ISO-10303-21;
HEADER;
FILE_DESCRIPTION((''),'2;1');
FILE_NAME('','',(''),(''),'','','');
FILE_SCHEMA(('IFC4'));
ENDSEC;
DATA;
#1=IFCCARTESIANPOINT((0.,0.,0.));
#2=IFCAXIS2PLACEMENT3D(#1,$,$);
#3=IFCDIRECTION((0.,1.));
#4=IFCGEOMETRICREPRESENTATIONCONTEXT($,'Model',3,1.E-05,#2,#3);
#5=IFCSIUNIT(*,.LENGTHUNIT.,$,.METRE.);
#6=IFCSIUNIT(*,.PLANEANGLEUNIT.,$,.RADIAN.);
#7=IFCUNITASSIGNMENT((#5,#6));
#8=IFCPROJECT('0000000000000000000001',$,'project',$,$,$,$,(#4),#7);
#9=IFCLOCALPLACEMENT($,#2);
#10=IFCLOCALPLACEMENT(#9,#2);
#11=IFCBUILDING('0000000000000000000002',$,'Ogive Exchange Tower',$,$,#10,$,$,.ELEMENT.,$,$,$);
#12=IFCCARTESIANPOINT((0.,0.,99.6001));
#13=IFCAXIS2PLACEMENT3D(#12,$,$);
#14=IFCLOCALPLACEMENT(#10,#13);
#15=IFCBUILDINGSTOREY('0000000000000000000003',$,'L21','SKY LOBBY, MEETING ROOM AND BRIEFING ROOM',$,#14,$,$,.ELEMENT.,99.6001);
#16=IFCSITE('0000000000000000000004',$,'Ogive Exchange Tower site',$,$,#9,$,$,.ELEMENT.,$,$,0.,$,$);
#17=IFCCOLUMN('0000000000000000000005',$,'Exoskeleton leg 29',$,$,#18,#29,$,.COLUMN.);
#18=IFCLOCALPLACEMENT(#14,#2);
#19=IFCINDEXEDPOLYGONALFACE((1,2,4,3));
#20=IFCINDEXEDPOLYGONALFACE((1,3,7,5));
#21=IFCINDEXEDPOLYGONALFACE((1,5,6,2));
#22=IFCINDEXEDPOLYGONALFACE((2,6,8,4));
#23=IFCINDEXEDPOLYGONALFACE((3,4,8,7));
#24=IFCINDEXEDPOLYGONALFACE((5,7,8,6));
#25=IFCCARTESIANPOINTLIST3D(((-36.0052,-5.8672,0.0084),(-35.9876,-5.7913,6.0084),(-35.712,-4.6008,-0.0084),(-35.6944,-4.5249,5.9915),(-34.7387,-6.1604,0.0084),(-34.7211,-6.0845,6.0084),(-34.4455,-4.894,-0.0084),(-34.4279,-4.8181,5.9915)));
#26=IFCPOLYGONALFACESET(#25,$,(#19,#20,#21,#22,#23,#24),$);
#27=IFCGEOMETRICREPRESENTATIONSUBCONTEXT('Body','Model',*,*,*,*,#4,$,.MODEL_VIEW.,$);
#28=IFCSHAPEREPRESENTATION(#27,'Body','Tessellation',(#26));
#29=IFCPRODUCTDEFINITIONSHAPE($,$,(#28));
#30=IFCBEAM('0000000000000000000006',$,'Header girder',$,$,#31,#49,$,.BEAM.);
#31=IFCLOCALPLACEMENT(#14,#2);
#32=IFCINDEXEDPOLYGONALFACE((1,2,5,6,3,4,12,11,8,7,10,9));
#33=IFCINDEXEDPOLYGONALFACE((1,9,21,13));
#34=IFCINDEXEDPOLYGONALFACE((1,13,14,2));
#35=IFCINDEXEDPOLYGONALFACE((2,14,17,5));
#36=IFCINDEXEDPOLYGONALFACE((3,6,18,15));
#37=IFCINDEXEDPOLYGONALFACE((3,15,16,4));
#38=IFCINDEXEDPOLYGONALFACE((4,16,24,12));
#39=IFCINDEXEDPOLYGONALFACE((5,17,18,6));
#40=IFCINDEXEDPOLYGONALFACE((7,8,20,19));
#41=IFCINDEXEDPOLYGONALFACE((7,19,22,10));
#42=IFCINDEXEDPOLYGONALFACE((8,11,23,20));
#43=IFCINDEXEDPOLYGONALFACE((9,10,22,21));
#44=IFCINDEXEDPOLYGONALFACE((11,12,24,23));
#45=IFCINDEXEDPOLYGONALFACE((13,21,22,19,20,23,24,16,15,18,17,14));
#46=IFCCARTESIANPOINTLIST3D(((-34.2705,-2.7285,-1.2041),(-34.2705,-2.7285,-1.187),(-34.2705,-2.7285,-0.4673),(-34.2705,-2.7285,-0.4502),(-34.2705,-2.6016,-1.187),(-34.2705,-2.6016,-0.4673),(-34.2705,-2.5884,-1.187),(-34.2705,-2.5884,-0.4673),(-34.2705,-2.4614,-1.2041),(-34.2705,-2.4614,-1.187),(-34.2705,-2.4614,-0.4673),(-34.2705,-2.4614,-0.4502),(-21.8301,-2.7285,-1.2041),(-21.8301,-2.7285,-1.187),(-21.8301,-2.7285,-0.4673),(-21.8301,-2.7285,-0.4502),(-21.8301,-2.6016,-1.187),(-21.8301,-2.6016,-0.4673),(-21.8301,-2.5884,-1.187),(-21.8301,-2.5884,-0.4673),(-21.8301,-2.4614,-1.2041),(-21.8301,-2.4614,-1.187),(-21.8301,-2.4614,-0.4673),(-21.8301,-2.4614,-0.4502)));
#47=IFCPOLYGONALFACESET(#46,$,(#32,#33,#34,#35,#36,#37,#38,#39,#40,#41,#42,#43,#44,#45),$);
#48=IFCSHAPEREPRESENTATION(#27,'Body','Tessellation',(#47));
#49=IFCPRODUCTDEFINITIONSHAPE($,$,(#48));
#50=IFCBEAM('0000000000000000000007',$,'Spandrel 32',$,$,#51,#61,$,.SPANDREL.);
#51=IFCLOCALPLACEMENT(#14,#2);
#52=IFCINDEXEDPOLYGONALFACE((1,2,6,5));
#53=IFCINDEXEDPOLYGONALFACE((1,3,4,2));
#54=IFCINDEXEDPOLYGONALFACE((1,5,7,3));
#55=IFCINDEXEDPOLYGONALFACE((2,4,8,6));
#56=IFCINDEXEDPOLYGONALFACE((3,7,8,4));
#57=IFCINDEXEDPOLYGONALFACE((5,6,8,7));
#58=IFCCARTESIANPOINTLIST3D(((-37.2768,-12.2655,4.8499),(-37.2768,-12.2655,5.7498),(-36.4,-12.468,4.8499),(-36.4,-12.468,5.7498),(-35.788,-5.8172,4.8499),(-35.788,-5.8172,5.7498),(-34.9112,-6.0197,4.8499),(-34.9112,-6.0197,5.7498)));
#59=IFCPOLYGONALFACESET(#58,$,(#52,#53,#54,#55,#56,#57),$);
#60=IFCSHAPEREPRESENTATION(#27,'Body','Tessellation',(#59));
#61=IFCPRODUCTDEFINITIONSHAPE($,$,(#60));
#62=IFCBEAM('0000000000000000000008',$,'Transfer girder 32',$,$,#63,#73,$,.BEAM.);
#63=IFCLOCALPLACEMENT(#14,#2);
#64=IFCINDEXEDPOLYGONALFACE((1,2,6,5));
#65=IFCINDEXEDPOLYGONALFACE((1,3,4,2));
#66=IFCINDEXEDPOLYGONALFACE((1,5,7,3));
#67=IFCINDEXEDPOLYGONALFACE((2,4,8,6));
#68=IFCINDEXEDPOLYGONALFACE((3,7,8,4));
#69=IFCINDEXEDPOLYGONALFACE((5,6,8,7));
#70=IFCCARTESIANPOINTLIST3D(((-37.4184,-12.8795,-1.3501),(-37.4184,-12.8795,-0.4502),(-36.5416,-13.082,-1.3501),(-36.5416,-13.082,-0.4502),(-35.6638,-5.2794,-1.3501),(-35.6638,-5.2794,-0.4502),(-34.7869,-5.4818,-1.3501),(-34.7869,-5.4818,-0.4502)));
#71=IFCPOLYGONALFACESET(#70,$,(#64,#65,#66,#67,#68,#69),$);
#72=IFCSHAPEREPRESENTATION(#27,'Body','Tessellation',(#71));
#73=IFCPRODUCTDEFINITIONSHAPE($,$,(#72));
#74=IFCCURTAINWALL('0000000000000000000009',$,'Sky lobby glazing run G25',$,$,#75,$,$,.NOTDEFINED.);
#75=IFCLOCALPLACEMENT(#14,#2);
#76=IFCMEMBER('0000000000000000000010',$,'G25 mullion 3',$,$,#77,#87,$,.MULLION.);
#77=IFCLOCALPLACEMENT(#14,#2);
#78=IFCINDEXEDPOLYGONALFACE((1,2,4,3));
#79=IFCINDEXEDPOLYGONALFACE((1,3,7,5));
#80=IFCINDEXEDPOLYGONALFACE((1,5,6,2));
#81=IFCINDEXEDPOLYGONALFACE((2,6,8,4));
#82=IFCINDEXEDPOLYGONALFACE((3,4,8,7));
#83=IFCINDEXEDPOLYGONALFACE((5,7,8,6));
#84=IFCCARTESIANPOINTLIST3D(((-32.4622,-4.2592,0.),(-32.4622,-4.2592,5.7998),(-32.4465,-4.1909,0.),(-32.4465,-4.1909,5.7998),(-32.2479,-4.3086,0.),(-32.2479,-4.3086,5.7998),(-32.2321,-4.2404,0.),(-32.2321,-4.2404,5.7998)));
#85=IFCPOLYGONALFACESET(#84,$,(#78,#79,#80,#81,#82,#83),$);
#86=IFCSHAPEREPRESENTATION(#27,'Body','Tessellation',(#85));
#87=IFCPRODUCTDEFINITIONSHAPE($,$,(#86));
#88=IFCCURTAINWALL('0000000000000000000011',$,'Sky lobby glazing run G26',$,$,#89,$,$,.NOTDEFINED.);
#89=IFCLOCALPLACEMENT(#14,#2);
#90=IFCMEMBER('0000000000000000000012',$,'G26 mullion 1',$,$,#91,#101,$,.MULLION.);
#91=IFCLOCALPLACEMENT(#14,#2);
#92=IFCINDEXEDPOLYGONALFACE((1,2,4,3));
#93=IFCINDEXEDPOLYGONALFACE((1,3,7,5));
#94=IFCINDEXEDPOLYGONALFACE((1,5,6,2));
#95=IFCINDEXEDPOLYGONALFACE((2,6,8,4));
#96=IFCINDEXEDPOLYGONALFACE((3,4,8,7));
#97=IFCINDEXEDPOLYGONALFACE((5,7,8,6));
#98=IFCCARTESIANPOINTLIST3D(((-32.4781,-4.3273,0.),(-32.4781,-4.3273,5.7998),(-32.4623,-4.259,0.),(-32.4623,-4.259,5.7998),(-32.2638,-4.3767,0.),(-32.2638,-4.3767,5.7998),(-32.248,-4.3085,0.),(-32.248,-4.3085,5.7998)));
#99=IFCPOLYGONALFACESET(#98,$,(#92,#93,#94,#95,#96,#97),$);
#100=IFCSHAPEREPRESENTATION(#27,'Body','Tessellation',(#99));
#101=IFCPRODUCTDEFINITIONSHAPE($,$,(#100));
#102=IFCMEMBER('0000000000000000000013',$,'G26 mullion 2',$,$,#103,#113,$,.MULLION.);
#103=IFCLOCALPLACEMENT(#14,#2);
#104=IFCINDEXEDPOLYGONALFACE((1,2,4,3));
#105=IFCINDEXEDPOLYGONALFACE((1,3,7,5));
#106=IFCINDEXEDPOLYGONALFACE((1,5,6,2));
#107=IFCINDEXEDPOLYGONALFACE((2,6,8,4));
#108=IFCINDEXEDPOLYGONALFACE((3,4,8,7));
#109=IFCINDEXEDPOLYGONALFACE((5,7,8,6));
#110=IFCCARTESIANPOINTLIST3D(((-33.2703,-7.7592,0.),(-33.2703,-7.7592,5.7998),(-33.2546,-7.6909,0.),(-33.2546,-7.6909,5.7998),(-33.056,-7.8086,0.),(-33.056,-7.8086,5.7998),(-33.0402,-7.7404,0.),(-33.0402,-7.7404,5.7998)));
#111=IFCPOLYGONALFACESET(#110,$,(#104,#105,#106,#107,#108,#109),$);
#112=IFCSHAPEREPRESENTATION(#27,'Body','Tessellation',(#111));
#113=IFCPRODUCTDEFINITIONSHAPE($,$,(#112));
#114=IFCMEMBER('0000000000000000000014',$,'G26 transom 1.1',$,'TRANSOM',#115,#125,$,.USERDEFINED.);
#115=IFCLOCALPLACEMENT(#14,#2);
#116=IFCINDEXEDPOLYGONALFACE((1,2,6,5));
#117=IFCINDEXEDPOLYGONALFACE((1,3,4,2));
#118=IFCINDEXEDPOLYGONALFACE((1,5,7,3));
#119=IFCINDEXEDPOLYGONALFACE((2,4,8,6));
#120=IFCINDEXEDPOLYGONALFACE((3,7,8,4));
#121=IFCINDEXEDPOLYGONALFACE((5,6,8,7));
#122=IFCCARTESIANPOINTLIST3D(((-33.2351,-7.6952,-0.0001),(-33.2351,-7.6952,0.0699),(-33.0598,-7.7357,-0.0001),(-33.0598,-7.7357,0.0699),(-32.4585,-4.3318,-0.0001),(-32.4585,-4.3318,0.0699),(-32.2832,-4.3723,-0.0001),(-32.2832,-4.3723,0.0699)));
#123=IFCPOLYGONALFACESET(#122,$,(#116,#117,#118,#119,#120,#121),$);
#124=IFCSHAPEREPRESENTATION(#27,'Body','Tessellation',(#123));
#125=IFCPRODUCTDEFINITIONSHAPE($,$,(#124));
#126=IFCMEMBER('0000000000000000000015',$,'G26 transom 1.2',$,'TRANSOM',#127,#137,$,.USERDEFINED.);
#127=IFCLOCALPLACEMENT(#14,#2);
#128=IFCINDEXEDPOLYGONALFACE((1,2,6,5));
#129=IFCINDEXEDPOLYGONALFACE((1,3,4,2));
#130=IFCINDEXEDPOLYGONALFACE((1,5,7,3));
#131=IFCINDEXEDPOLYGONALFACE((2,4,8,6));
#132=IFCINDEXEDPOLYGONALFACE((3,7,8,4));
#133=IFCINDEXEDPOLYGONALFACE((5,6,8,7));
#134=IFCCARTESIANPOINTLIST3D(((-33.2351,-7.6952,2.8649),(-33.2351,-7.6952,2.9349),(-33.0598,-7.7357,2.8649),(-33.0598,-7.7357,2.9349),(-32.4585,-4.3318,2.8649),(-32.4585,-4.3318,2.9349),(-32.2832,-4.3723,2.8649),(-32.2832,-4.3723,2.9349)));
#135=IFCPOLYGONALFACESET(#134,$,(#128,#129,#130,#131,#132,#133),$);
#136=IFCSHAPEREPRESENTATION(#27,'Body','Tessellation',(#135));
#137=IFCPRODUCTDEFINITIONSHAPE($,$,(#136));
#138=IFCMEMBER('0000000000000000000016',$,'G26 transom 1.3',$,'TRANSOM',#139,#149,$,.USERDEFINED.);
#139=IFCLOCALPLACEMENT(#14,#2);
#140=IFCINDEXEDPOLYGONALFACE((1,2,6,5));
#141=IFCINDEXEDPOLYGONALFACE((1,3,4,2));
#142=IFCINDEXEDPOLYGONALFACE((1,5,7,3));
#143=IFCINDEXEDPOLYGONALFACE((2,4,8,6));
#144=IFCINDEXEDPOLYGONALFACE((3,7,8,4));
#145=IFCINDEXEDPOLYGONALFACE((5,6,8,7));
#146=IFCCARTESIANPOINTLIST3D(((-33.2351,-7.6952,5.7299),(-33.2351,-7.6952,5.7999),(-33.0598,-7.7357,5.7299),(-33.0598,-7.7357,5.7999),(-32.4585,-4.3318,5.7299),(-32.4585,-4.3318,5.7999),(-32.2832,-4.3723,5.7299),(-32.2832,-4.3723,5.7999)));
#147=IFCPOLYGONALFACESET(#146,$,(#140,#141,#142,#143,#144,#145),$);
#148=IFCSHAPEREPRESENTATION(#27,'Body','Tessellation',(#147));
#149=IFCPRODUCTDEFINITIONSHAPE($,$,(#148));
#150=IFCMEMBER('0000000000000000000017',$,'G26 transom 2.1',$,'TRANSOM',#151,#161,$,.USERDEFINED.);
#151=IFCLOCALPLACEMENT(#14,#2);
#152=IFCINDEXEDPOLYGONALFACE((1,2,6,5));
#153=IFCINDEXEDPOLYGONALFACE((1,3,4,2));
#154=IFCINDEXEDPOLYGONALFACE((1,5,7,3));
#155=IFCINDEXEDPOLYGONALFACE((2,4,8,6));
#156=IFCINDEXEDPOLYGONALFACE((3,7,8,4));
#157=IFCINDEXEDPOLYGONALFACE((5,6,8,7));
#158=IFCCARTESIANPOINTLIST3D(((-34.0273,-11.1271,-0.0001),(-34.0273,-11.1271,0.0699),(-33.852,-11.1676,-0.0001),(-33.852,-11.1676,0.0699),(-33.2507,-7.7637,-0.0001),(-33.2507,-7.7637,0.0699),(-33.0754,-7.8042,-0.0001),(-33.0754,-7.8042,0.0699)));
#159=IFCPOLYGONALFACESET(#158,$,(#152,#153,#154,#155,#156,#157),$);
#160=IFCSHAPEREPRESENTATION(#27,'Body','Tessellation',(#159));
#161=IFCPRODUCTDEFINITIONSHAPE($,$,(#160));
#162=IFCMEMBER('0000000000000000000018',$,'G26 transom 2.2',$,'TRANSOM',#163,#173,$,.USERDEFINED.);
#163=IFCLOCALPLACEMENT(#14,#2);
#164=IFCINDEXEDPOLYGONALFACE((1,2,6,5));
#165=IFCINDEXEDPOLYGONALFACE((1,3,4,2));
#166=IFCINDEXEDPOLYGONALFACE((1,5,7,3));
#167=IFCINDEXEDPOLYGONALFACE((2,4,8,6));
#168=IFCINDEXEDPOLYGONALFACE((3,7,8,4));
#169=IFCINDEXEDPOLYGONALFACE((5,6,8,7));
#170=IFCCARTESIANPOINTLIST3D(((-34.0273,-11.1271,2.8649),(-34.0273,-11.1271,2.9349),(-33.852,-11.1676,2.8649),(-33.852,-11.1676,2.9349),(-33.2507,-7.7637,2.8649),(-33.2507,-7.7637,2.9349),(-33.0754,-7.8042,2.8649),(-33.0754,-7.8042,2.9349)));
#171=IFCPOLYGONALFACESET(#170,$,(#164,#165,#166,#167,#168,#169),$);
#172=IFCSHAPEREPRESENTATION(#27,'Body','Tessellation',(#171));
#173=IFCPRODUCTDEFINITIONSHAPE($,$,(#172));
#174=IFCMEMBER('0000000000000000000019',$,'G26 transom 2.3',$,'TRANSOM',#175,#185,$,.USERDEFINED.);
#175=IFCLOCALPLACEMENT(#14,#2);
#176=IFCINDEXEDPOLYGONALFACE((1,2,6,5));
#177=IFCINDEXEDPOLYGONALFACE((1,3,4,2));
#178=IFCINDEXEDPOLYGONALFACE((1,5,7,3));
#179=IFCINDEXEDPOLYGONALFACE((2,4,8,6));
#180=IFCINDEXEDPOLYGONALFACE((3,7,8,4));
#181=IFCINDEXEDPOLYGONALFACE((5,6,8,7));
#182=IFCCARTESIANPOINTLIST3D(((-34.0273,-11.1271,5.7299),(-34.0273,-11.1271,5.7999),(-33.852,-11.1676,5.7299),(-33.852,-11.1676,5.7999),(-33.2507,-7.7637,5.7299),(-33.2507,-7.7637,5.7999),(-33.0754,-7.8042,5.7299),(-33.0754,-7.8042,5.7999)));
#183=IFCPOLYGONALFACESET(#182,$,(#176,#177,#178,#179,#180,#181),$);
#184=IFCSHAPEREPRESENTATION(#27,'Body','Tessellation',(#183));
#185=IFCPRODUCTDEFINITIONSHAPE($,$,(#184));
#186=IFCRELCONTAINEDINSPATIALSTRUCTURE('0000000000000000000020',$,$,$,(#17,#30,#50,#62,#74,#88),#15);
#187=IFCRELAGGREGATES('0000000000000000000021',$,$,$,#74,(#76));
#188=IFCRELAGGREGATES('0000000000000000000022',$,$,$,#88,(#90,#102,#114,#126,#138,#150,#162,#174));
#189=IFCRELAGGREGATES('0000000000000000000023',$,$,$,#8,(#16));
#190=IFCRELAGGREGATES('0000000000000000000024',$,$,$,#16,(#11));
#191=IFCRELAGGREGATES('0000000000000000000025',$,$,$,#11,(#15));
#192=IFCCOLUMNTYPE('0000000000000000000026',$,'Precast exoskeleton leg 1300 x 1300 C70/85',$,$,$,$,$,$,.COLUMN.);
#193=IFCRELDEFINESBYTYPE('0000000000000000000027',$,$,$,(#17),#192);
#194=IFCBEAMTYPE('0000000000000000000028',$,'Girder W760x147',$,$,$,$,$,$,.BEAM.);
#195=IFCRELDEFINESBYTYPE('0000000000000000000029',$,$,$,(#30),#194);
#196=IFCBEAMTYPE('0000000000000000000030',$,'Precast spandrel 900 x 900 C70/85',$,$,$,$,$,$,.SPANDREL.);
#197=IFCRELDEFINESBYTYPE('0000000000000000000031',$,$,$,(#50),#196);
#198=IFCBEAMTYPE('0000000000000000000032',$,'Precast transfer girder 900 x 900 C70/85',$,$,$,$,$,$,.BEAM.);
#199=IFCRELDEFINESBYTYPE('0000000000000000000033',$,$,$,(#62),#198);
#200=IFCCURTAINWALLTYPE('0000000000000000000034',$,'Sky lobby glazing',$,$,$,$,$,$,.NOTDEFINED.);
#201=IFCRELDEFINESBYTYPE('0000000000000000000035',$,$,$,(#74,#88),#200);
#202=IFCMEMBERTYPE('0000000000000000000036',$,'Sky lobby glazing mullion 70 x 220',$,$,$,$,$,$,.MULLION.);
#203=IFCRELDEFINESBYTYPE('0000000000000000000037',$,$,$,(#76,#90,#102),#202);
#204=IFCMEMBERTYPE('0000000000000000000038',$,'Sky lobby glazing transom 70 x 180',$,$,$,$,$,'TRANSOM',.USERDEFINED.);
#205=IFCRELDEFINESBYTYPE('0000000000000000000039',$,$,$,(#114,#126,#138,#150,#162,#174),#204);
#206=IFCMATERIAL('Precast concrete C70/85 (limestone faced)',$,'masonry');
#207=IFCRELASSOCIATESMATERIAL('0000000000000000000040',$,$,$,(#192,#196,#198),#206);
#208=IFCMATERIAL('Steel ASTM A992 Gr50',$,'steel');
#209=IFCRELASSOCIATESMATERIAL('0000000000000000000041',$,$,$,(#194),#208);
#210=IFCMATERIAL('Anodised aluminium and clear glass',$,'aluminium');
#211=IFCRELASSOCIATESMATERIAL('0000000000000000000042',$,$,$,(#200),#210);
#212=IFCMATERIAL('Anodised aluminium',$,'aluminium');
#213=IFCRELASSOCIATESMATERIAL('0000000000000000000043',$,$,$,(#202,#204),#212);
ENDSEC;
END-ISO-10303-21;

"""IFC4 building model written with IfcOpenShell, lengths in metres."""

from ifc_helpers import new_model, si_unit, direction, frame, origin, origin_2d, place, context, subcontext, project, spatial, rectangle, i_section, extrude, material, material_profile, profile_set, type_object, element, aggregate, save


model = new_model("IFC4")

# Units and contexts
model_context = context("Model", 3, precision=1e-05, world=origin(), true_north=direction((0.0, 1.0)))
body_context = subcontext(model_context, "Body", "Model", "MODEL_VIEW")
ifc_project = project(units=[si_unit("LENGTHUNIT", "METRE"), si_unit("PLANEANGLEUNIT", "RADIAN")], contexts=[model_context])

# Site, building, storey
site_placement = place(None, origin())
site = spatial("IfcSite", under=ifc_project, at=site_placement, Name="Ogive Exchange Tower site", CompositionType="ELEMENT", RefElevation=0.0)
building_placement = place(site_placement, origin())
building = spatial("IfcBuilding", under=site, at=building_placement, Name="Ogive Exchange Tower", CompositionType="ELEMENT")
storey_placement = place(building_placement, frame((0.0, 0.0, 99.6001)))
storey = spatial("IfcBuildingStorey", under=building, at=storey_placement, Name="L21", Description="SKY LOBBY, MEETING ROOM AND BRIEFING ROOM", CompositionType="ELEMENT", Elevation=99.6001)

# Column
ifc_material_1 = material(Name="Precast concrete C70/85 (limestone faced)", Category="masonry")
ifc_material_profile_1 = material_profile(ifc_material_1, rectangle(XDim=1.3, YDim=1.3, at=origin_2d()), Name="1300 x 1300")
ifc_profile_set_1 = profile_set([ifc_material_profile_1], Name="Precast concrete C70/85 (limestone faced)")
column_type = type_object("IfcColumnType", Name="Precast exoskeleton leg 1300 x 1300 C70/85", PredefinedType="COLUMN", material=ifc_profile_set_1)
column_placement = place(storey_placement, frame((-35.2253, -5.3806, 0.0), z_axis=(0.002929, 0.012654, 0.999916), x_axis=(-0.974233, 0.225546, 0.0)))
element("IfcColumn", 1, at=column_placement, inside=storey, type_object=column_type, Name="Exoskeleton leg 29", PredefinedType="COLUMN", context=body_context, shape_type="SweptSolid", body=[
    extrude(rectangle(XDim=1.3, YDim=1.3, at=origin_2d()), origin(), (0.0, 0.0, 1.0), 6.0005),
])

# Beams
ifc_material_2 = material(Name="Steel ASTM A992 Gr50", Category="steel")
ifc_material_profile_2 = material_profile(ifc_material_2, i_section(OverallWidth=0.2671, OverallDepth=0.7539, WebThickness=0.0132, FlangeThickness=0.0171, at=origin_2d()), Name="W760x147")
ifc_profile_set_2 = profile_set([ifc_material_profile_2], Name="Steel ASTM A992 Gr50")
beam_type_1 = type_object("IfcBeamType", Name="Girder W760x147", PredefinedType="BEAM", material=ifc_profile_set_2)
beam_1_placement = place(storey_placement, frame((-34.2705, -2.595, -0.8271), z_axis=(1.0, 0.0, 0.0), x_axis=(0.0, 1.0, 0.0)))
element("IfcBeam", 2, at=beam_1_placement, inside=storey, type_object=beam_type_1, Name="Header girder", PredefinedType="BEAM", context=body_context, shape_type="SweptSolid", body=[
    extrude(i_section(OverallWidth=0.2671, OverallDepth=0.7539, WebThickness=0.0132, FlangeThickness=0.0171, at=origin_2d()), origin(), (0.0, 0.0, 1.0), 12.4404),
])
ifc_material_profile_3 = material_profile(ifc_material_1, rectangle(XDim=0.8999, YDim=0.8999, at=origin_2d()), Name="900 x 900")
ifc_profile_set_3 = profile_set([ifc_material_profile_3], Name="Precast concrete C70/85 (limestone faced)")
beam_type_2 = type_object("IfcBeamType", Name="Precast spandrel 900 x 900 C70/85", PredefinedType="SPANDREL", material=ifc_profile_set_3)
beam_2_placement = place(storey_placement, frame((-35.3496, -5.9185, 5.2998), z_axis=(-0.224962, -0.974368, 0.0), x_axis=(0.974368, -0.224962, 0.0)))
element("IfcBeam", 3, at=beam_2_placement, inside=storey, type_object=beam_type_2, Name="Spandrel 32", PredefinedType="SPANDREL", context=body_context, shape_type="SweptSolid", body=[
    extrude(rectangle(XDim=0.8999, YDim=0.8999, at=origin_2d()), origin(), (0.0, 0.0, 1.0), 6.6179),
])
ifc_material_profile_4 = material_profile(ifc_material_1, rectangle(XDim=0.8999, YDim=0.8999, at=origin_2d()), Name="900 x 900")
ifc_profile_set_4 = profile_set([ifc_material_profile_4], Name="Precast concrete C70/85 (limestone faced)")
beam_type_3 = type_object("IfcBeamType", Name="Precast transfer girder 900 x 900 C70/85", PredefinedType="BEAM", material=ifc_profile_set_4)
beam_3_placement = place(storey_placement, frame((-35.2253, -5.3806, -0.9001), z_axis=(-0.224953, -0.97437, 0.0), x_axis=(0.97437, -0.224953, 0.0)))
element("IfcBeam", 4, at=beam_3_placement, inside=storey, type_object=beam_type_3, Name="Transfer girder 32", PredefinedType="BEAM", context=body_context, shape_type="SweptSolid", body=[
    extrude(rectangle(XDim=0.8999, YDim=0.8999, at=origin_2d()), origin(), (0.0, 0.0, 1.0), 7.8),
])

# Curtain wall, member
ifc_material_3 = material(Name="Anodised aluminium and clear glass", Category="aluminium")
curtain_wall_type = type_object("IfcCurtainWallType", Name="Sky lobby glazing", PredefinedType="NOTDEFINED", material=ifc_material_3)
curtain_wall_1_placement = place(storey_placement, origin())
curtain_wall_1 = element("IfcCurtainWall", 5, at=curtain_wall_1_placement, inside=storey, type_object=curtain_wall_type, Name="Sky lobby glazing run G25", PredefinedType="NOTDEFINED")
ifc_material_4 = material(Name="Anodised aluminium", Category="aluminium")
ifc_material_profile_5 = material_profile(ifc_material_4, rectangle(XDim=0.22, YDim=0.0701, at=origin_2d()), Name="AL 70x220")
ifc_profile_set_5 = profile_set([ifc_material_profile_5], Name="Anodised aluminium")
member_type_1 = type_object("IfcMemberType", Name="Sky lobby glazing mullion 70 x 220", PredefinedType="MULLION", material=ifc_profile_set_5)
member_1_placement = place(storey_placement, frame((-32.3472, -4.2498, 0.0), z_axis=(0.0, 0.0, 1.0), x_axis=(0.974369, -0.224954, 0.0)))
member_1 = element("IfcMember", 6, at=member_1_placement, type_object=member_type_1, Name="G25 mullion 3", PredefinedType="MULLION", context=body_context, shape_type="SweptSolid", body=[
    extrude(rectangle(XDim=0.22, YDim=0.0701, at=origin_2d()), origin(), (0.0, 0.0, 1.0), 5.7998),
])

# Curtain wall, members
curtain_wall_2_placement = place(storey_placement, origin())
curtain_wall_2 = element("IfcCurtainWall", 7, at=curtain_wall_2_placement, inside=storey, type_object=curtain_wall_type, Name="Sky lobby glazing run G26", PredefinedType="NOTDEFINED")
member_2_placement = place(storey_placement, frame((-32.363, -4.3179, 0.0), z_axis=(0.0, 0.0, 1.0), x_axis=(0.974369, -0.224957, 0.0)))
member_2 = element("IfcMember", 8, at=member_2_placement, type_object=member_type_1, Name="G26 mullion 1", PredefinedType="MULLION", context=body_context, shape_type="SweptSolid", body=[
    extrude(rectangle(XDim=0.22, YDim=0.0701, at=origin_2d()), origin(), (0.0, 0.0, 1.0), 5.7998),
])
member_3_placement = place(storey_placement, frame((-33.1553, -7.7498, 0.0), z_axis=(0.0, 0.0, 1.0), x_axis=(0.974369, -0.224957, 0.0)))
member_3 = element("IfcMember", 9, at=member_3_placement, type_object=member_type_1, Name="G26 mullion 2", PredefinedType="MULLION", context=body_context, shape_type="SweptSolid", body=[
    extrude(rectangle(XDim=0.22, YDim=0.0701, at=origin_2d()), origin(), (0.0, 0.0, 1.0), 5.7998),
])
ifc_material_profile_6 = material_profile(ifc_material_4, rectangle(XDim=0.1799, YDim=0.0701, at=origin_2d()), Name="AL 70x180")
ifc_profile_set_6 = profile_set([ifc_material_profile_6], Name="Anodised aluminium")
member_type_2 = type_object("IfcMemberType", Name="Sky lobby glazing transom 70 x 180", ElementType="TRANSOM", PredefinedType="USERDEFINED", material=ifc_profile_set_6)
member_4_placement = place(storey_placement, frame((-32.3708, -4.3521, 0.0349), z_axis=(-0.224973, -0.974365, 0.0), x_axis=(0.974365, -0.224973, 0.0)))
member_4 = element("IfcMember", 10, at=member_4_placement, type_object=member_type_2, Name="G26 transom 1.1", ObjectType="TRANSOM", PredefinedType="USERDEFINED", context=body_context, shape_type="SweptSolid", body=[
    extrude(rectangle(XDim=0.1799, YDim=0.0701, at=origin_2d()), origin(), (0.0, 0.0, 1.0), 3.4519),
])
member_5_placement = place(storey_placement, frame((-32.3708, -4.3521, 2.8999), z_axis=(-0.224973, -0.974365, 0.0), x_axis=(0.974365, -0.224973, 0.0)))
member_5 = element("IfcMember", 11, at=member_5_placement, type_object=member_type_2, Name="G26 transom 1.2", ObjectType="TRANSOM", PredefinedType="USERDEFINED", context=body_context, shape_type="SweptSolid", body=[
    extrude(rectangle(XDim=0.1799, YDim=0.0701, at=origin_2d()), origin(), (0.0, 0.0, 1.0), 3.4519),
])
member_6_placement = place(storey_placement, frame((-32.3708, -4.3521, 5.7649), z_axis=(-0.224973, -0.974365, 0.0), x_axis=(0.974365, -0.224973, 0.0)))
member_6 = element("IfcMember", 12, at=member_6_placement, type_object=member_type_2, Name="G26 transom 1.3", ObjectType="TRANSOM", PredefinedType="USERDEFINED", context=body_context, shape_type="SweptSolid", body=[
    extrude(rectangle(XDim=0.1799, YDim=0.0701, at=origin_2d()), origin(), (0.0, 0.0, 1.0), 3.4519),
])
member_7_placement = place(storey_placement, frame((-33.1631, -7.7839, 0.0349), z_axis=(-0.224973, -0.974365, 0.0), x_axis=(0.974365, -0.224973, 0.0)))
member_7 = element("IfcMember", 13, at=member_7_placement, type_object=member_type_2, Name="G26 transom 2.1", ObjectType="TRANSOM", PredefinedType="USERDEFINED", context=body_context, shape_type="SweptSolid", body=[
    extrude(rectangle(XDim=0.1799, YDim=0.0701, at=origin_2d()), origin(), (0.0, 0.0, 1.0), 3.4519),
])
member_8_placement = place(storey_placement, frame((-33.1631, -7.7839, 2.8999), z_axis=(-0.224973, -0.974365, 0.0), x_axis=(0.974365, -0.224973, 0.0)))
member_8 = element("IfcMember", 14, at=member_8_placement, type_object=member_type_2, Name="G26 transom 2.2", ObjectType="TRANSOM", PredefinedType="USERDEFINED", context=body_context, shape_type="SweptSolid", body=[
    extrude(rectangle(XDim=0.1799, YDim=0.0701, at=origin_2d()), origin(), (0.0, 0.0, 1.0), 3.4519),
])
member_9_placement = place(storey_placement, frame((-33.1631, -7.7839, 5.7649), z_axis=(-0.224973, -0.974365, 0.0), x_axis=(0.974365, -0.224973, 0.0)))
member_9 = element("IfcMember", 15, at=member_9_placement, type_object=member_type_2, Name="G26 transom 2.3", ObjectType="TRANSOM", PredefinedType="USERDEFINED", context=body_context, shape_type="SweptSolid", body=[
    extrude(rectangle(XDim=0.1799, YDim=0.0701, at=origin_2d()), origin(), (0.0, 0.0, 1.0), 3.4519),
])

aggregate(curtain_wall_1, [member_1])
aggregate(curtain_wall_2, [member_2, member_3, member_4, member_5, member_6, member_7, member_8, member_9])

save(model, "model.ifc")
